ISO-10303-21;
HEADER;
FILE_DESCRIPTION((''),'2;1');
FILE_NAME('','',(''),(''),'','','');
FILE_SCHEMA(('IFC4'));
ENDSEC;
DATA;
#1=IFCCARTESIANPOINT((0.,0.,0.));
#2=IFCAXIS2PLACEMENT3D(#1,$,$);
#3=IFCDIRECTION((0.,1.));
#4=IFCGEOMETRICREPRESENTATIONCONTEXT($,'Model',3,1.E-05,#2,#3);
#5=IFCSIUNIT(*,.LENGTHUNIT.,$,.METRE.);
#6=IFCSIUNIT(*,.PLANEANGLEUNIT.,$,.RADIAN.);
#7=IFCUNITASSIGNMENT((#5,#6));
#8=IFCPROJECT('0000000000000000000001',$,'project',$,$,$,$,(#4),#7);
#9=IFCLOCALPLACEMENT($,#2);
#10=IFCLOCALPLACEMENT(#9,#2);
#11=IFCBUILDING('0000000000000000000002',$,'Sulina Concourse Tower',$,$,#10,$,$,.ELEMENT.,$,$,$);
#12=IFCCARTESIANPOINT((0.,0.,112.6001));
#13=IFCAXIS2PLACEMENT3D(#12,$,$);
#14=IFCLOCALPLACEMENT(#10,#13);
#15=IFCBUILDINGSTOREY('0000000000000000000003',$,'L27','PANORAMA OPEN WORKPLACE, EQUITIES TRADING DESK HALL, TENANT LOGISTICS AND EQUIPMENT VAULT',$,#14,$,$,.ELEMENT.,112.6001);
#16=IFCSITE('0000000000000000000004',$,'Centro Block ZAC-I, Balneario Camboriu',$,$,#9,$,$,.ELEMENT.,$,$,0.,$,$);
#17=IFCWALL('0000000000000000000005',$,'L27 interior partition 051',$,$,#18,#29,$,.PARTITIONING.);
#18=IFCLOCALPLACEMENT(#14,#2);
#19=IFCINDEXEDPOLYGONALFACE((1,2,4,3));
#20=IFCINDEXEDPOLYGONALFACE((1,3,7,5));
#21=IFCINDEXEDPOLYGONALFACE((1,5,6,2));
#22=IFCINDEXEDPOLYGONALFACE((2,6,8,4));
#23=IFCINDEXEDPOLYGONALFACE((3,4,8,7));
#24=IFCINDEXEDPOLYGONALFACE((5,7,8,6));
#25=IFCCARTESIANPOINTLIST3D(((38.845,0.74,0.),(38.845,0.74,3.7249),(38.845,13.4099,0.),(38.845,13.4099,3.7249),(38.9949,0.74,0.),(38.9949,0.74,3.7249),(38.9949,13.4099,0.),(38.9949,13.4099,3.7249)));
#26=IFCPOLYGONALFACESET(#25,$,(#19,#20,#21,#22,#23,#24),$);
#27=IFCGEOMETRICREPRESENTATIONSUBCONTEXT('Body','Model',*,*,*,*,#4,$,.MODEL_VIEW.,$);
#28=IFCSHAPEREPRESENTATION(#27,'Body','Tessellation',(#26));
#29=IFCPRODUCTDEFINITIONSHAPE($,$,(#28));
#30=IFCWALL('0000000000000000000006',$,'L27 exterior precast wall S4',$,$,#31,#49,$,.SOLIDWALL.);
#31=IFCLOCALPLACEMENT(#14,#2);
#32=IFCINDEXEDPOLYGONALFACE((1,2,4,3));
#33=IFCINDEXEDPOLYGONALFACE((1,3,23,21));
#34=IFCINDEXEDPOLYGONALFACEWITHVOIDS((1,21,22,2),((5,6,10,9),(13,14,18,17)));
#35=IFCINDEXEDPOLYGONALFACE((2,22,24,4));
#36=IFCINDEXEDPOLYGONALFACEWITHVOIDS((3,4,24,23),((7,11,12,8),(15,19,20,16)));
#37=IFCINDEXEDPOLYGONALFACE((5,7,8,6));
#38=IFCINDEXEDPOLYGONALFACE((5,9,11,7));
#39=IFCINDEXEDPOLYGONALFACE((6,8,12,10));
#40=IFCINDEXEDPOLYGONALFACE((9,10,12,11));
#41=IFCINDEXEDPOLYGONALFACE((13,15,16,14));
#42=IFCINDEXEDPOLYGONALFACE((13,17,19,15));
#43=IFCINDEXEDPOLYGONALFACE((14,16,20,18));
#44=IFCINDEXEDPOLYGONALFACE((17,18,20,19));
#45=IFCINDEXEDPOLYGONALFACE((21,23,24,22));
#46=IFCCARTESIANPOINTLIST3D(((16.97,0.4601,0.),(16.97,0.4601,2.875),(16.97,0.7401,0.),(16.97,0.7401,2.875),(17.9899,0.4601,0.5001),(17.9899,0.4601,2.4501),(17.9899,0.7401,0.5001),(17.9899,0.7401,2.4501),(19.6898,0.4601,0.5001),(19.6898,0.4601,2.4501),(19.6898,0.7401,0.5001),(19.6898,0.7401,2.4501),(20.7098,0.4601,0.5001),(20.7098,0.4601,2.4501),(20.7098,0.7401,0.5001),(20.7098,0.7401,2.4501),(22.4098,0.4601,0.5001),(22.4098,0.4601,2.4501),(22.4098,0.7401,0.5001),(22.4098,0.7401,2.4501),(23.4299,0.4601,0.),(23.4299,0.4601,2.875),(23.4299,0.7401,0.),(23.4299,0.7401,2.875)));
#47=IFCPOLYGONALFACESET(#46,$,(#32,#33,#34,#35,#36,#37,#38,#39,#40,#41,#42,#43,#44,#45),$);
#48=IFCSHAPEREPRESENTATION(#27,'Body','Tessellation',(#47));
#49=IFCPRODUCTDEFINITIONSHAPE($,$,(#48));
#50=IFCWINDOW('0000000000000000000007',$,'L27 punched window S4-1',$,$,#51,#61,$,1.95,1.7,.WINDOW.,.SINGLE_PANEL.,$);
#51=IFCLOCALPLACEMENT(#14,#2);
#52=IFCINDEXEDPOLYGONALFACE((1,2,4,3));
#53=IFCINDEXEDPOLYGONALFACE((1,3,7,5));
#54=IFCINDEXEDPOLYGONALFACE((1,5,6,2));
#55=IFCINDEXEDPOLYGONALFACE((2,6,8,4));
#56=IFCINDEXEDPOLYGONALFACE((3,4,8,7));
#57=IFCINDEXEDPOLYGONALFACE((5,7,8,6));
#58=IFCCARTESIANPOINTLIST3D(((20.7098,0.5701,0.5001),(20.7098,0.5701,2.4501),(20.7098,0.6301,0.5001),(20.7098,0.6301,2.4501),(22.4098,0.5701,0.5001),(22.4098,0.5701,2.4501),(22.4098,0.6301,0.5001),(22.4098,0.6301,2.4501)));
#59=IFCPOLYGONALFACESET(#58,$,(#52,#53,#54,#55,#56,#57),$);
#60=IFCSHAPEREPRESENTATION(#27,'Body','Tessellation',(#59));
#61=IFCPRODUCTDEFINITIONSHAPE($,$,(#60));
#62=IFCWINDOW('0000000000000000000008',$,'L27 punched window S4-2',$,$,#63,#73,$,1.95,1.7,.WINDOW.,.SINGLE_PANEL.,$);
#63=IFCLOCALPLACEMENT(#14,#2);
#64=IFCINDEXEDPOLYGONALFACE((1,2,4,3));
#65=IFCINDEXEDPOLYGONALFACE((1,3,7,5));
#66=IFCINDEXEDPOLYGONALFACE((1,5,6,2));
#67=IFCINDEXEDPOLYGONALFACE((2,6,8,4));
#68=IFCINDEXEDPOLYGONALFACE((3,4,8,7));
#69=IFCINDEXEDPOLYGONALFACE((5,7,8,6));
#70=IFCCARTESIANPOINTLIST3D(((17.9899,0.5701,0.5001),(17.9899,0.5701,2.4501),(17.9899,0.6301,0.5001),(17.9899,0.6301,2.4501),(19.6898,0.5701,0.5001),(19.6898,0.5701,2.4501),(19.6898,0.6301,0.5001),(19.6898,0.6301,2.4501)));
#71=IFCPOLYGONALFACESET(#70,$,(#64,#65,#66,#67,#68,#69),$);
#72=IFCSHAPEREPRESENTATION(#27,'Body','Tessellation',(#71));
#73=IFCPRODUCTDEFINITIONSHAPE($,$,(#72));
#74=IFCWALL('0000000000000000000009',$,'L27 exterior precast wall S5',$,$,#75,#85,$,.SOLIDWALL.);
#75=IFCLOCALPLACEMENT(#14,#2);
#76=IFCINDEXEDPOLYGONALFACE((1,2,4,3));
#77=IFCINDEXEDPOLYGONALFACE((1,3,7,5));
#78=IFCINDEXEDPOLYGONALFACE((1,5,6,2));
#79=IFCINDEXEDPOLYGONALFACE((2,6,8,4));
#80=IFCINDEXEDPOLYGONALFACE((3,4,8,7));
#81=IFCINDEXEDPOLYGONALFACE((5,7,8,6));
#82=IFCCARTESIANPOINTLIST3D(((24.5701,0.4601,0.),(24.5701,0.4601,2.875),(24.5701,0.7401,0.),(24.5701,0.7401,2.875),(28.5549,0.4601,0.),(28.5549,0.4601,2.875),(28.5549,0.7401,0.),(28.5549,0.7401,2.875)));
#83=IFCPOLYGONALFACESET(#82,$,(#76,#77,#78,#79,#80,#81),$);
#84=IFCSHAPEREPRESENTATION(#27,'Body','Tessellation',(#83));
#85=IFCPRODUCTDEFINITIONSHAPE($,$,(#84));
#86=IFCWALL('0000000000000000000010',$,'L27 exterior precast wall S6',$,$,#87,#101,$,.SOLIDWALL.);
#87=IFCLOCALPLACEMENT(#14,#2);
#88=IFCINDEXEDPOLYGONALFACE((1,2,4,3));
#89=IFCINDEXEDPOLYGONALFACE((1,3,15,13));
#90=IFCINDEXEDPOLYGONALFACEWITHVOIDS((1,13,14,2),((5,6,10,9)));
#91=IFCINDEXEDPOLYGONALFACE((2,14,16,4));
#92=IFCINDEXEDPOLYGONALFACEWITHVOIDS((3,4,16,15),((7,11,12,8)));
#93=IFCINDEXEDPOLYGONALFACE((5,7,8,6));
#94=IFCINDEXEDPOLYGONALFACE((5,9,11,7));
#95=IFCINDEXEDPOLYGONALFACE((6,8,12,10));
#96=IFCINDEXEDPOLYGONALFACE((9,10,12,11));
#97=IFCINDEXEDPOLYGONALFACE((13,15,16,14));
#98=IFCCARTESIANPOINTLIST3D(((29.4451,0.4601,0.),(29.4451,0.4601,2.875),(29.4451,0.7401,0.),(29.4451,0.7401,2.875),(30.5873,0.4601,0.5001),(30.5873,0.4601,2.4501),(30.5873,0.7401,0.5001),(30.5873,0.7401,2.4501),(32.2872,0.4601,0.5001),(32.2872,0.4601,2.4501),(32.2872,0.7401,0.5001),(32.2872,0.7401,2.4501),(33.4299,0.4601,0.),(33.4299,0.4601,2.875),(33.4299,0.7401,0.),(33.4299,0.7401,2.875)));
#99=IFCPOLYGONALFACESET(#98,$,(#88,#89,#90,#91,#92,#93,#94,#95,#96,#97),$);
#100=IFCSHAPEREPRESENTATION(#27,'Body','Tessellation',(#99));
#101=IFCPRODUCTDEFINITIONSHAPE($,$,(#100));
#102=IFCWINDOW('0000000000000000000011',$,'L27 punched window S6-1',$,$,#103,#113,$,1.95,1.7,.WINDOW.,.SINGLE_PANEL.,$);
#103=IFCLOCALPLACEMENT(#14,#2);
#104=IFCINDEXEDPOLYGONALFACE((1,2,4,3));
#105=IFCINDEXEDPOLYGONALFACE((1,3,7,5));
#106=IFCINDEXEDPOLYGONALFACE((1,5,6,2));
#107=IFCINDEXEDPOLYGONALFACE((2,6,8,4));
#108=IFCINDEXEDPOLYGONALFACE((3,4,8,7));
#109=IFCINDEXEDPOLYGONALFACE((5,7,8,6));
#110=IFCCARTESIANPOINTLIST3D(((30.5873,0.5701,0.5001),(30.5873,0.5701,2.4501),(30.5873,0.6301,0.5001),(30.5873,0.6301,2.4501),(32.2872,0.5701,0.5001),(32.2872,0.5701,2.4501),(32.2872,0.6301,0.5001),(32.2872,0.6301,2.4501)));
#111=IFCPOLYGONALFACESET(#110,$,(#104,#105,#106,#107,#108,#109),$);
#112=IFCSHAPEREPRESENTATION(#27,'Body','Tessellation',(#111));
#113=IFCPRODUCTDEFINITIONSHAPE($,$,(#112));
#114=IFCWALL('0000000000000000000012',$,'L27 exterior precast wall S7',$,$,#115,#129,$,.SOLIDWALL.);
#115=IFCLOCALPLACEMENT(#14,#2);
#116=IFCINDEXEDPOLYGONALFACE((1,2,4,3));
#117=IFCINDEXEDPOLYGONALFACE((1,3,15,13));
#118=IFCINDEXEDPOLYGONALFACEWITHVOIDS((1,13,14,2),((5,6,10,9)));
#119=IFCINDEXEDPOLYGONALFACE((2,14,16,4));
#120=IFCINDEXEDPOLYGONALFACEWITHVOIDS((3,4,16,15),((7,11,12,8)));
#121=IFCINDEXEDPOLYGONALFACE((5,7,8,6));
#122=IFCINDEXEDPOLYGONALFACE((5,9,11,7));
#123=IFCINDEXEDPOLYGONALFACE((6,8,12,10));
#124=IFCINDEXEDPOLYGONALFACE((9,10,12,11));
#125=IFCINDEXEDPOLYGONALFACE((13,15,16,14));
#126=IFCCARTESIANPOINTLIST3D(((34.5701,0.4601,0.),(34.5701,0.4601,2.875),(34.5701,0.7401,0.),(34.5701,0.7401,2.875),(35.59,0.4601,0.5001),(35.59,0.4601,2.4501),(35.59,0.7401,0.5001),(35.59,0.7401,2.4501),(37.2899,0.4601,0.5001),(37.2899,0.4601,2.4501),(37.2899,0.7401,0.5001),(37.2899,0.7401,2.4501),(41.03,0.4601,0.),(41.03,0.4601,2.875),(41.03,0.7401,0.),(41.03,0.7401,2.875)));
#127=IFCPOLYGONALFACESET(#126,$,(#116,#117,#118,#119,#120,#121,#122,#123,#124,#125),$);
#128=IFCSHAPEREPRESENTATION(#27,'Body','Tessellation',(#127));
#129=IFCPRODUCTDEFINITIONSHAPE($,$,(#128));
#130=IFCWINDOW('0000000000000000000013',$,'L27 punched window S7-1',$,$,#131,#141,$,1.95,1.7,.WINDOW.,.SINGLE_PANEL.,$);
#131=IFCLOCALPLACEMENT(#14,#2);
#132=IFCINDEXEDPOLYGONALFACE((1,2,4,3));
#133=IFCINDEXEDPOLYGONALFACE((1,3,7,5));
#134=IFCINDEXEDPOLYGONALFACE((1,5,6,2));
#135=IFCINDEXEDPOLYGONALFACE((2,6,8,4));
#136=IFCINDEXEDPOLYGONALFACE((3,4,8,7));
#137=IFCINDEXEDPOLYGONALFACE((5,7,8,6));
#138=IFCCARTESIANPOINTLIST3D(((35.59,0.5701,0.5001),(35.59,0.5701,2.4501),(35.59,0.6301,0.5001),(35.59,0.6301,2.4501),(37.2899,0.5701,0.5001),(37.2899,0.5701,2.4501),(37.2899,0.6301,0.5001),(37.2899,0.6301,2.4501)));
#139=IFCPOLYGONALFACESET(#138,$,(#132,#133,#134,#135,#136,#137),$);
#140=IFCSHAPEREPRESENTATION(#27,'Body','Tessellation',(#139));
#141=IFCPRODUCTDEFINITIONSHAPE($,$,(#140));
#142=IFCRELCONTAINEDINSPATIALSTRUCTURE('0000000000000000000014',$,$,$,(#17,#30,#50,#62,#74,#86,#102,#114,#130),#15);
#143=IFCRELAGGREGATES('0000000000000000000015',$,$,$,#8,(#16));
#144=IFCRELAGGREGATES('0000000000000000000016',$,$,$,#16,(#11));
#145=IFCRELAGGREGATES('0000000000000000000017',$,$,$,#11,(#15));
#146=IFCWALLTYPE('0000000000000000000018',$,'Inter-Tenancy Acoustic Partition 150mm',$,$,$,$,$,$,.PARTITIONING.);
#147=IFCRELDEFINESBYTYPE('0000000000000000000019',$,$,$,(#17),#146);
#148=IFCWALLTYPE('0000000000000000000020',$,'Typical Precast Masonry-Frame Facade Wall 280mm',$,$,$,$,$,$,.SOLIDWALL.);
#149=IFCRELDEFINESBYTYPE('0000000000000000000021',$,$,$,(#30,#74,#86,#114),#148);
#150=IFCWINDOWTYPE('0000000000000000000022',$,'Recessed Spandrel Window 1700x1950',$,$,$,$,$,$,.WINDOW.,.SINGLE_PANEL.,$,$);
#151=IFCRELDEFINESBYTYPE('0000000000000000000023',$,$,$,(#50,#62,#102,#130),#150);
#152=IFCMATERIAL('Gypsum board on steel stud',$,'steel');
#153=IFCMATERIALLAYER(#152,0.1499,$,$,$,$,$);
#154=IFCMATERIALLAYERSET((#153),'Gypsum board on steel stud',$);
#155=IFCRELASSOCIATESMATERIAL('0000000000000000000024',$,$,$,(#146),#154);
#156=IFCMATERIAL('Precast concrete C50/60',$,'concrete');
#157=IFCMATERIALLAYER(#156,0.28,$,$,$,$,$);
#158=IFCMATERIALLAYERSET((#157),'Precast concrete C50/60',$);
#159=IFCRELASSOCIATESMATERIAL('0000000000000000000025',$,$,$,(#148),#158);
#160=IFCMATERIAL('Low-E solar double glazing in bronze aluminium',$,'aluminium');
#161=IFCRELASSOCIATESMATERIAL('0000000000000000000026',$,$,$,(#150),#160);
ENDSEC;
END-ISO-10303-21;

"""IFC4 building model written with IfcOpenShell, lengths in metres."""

from ifc_helpers import new_model, si_unit, direction, frame, frame_2d, origin, place, context, subcontext, project, spatial, rectangle, extrude, material, layer, layer_set, type_object, element, fill, save


model = new_model("IFC4")

# Units and contexts
model_context = context("Model", 3, precision=1e-05, world=origin(), true_north=direction((0.0, 1.0)))
body_context = subcontext(model_context, "Body", "Model", "MODEL_VIEW")
ifc_project = project(units=[si_unit("LENGTHUNIT", "METRE"), si_unit("PLANEANGLEUNIT", "RADIAN")], contexts=[model_context])

# Site, building, storey
site_placement = place(None, origin())
site = spatial("IfcSite", under=ifc_project, at=site_placement, Name="Centro Block ZAC-I, Balneario Camboriu", CompositionType="ELEMENT", RefElevation=0.0)
building_placement = place(site_placement, origin())
building = spatial("IfcBuilding", under=site, at=building_placement, Name="Sulina Concourse Tower", CompositionType="ELEMENT")
storey_placement = place(building_placement, frame((0.0, 0.0, 112.6001)))
storey = spatial("IfcBuildingStorey", under=building, at=storey_placement, Name="L27", Description="PANORAMA OPEN WORKPLACE, EQUITIES TRADING DESK HALL, TENANT LOGISTICS AND EQUIPMENT VAULT", CompositionType="ELEMENT", Elevation=112.6001)

# Wall
ifc_material_1 = material(Name="Gypsum board on steel stud", Category="steel")
ifc_layer_1 = layer(ifc_material_1, 0.1499)
ifc_layer_set_1 = layer_set([ifc_layer_1], Name="Gypsum board on steel stud")
wall_type_1 = type_object("IfcWallType", Name="Inter-Tenancy Acoustic Partition 150mm", PredefinedType="PARTITIONING", material=ifc_layer_set_1)
wall_1_placement = place(storey_placement, frame((38.9199, 0.74, 0.0), z_axis=(0.0, 0.0, 1.0), x_axis=(0.0, 1.0, 0.0)))
element("IfcWall", 1, at=wall_1_placement, inside=storey, type_object=wall_type_1, Name="L27 interior partition 051", PredefinedType="PARTITIONING", context=body_context, shape_type="SweptSolid", body=[
    extrude(rectangle(XDim=12.6699, YDim=0.1499, at=frame_2d((6.335, 0.0))), origin(), (0.0, 0.0, 1.0), 3.7249),
])

# Wall, openings, windows
ifc_material_2 = material(Name="Precast concrete C50/60", Category="concrete")
ifc_layer_2 = layer(ifc_material_2, 0.28)
ifc_layer_set_2 = layer_set([ifc_layer_2], Name="Precast concrete C50/60")
wall_type_2 = type_object("IfcWallType", Name="Typical Precast Masonry-Frame Facade Wall 280mm", PredefinedType="SOLIDWALL", material=ifc_layer_set_2)
wall_2_placement = place(storey_placement, frame((23.4299, 0.6001, 0.0), z_axis=(0.0, 0.0, 1.0), x_axis=(-1.0, 0.0, 0.0)))
wall_2 = element("IfcWall", 2, at=wall_2_placement, inside=storey, type_object=wall_type_2, Name="L27 exterior precast wall S4", PredefinedType="SOLIDWALL", context=body_context, shape_type="SweptSolid", body=[
    extrude(rectangle(XDim=6.46, YDim=0.28, at=frame_2d((3.23, 0.0))), origin(), (0.0, 0.0, 1.0), 2.875),
])
opening_1_placement = place(wall_2_placement, frame((1.02, 0.0, 0.5)))
opening_1 = element("IfcOpeningElement", 3, at=opening_1_placement, cuts=wall_2, PredefinedType="OPENING", context=body_context, shape_type="SweptSolid", body=[
    extrude(rectangle(XDim=1.7, YDim=1.95, at=frame_2d((0.8501, 0.9751))), frame((0.0, 0.1499, 0.0), z_axis=(0.0, -1.0, 0.0), x_axis=(1.0, 0.0, 0.0)), (0.0, 0.0, 1.0), 0.3),
])
opening_2_placement = place(wall_2_placement, frame((3.74, 0.0, 0.5)))
opening_2 = element("IfcOpeningElement", 4, at=opening_2_placement, cuts=wall_2, PredefinedType="OPENING", context=body_context, shape_type="SweptSolid", body=[
    extrude(rectangle(XDim=1.7, YDim=1.95, at=frame_2d((0.8501, 0.9751))), frame((0.0, 0.1499, 0.0), z_axis=(0.0, -1.0, 0.0), x_axis=(1.0, 0.0, 0.0)), (0.0, 0.0, 1.0), 0.3),
])
ifc_material_3 = material(Name="Low-E solar double glazing in bronze aluminium", Category="aluminium")
window_type = type_object("IfcWindowType", Name="Recessed Spandrel Window 1700x1950", PartitioningType="SINGLE_PANEL", PredefinedType="WINDOW", material=ifc_material_3)
window_1_placement = place(opening_1_placement, origin())
window_1 = element("IfcWindow", 5, at=window_1_placement, inside=storey, type_object=window_type, Name="L27 punched window S4-1", OverallHeight=1.95, OverallWidth=1.7, PartitioningType="SINGLE_PANEL", PredefinedType="WINDOW", context=body_context, shape_type="SweptSolid", body=[
    extrude(rectangle(XDim=1.7, YDim=1.95, at=frame_2d((0.8501, 0.9751))), frame((0.0, 0.03, 0.0), z_axis=(0.0, -1.0, 0.0), x_axis=(1.0, 0.0, 0.0)), (0.0, 0.0, 1.0), 0.0601),
])
fill(opening_1, window_1)
window_2_placement = place(opening_2_placement, origin())
window_2 = element("IfcWindow", 6, at=window_2_placement, inside=storey, type_object=window_type, Name="L27 punched window S4-2", OverallHeight=1.95, OverallWidth=1.7, PartitioningType="SINGLE_PANEL", PredefinedType="WINDOW", context=body_context, shape_type="SweptSolid", body=[
    extrude(rectangle(XDim=1.7, YDim=1.95, at=frame_2d((0.8501, 0.9751))), frame((0.0, 0.03, 0.0), z_axis=(0.0, -1.0, 0.0), x_axis=(1.0, 0.0, 0.0)), (0.0, 0.0, 1.0), 0.0601),
])
fill(opening_2, window_2)

# Wall
wall_3_placement = place(storey_placement, frame((28.5549, 0.6001, 0.0), z_axis=(0.0, 0.0, 1.0), x_axis=(-1.0, 0.0, 0.0)))
element("IfcWall", 7, at=wall_3_placement, inside=storey, type_object=wall_type_2, Name="L27 exterior precast wall S5", PredefinedType="SOLIDWALL", context=body_context, shape_type="SweptSolid", body=[
    extrude(rectangle(XDim=3.9849, YDim=0.28, at=frame_2d((1.9924, 0.0))), origin(), (0.0, 0.0, 1.0), 2.875),
])

# Walls, openings, windows
wall_4_placement = place(storey_placement, frame((33.4299, 0.6001, 0.0), z_axis=(0.0, 0.0, 1.0), x_axis=(-1.0, 0.0, 0.0)))
wall_4 = element("IfcWall", 8, at=wall_4_placement, inside=storey, type_object=wall_type_2, Name="L27 exterior precast wall S6", PredefinedType="SOLIDWALL", context=body_context, shape_type="SweptSolid", body=[
    extrude(rectangle(XDim=3.9849, YDim=0.28, at=frame_2d((1.9924, 0.0))), origin(), (0.0, 0.0, 1.0), 2.875),
])
opening_3_placement = place(wall_4_placement, frame((1.1426, 0.0, 0.5)))
opening_3 = element("IfcOpeningElement", 9, at=opening_3_placement, cuts=wall_4, PredefinedType="OPENING", context=body_context, shape_type="SweptSolid", body=[
    extrude(rectangle(XDim=1.7, YDim=1.95, at=frame_2d((0.8501, 0.9751))), frame((0.0, 0.1499, 0.0), z_axis=(0.0, -1.0, 0.0), x_axis=(1.0, 0.0, 0.0)), (0.0, 0.0, 1.0), 0.3),
])
window_3_placement = place(opening_3_placement, origin())
window_3 = element("IfcWindow", 10, at=window_3_placement, inside=storey, type_object=window_type, Name="L27 punched window S6-1", OverallHeight=1.95, OverallWidth=1.7, PartitioningType="SINGLE_PANEL", PredefinedType="WINDOW", context=body_context, shape_type="SweptSolid", body=[
    extrude(rectangle(XDim=1.7, YDim=1.95, at=frame_2d((0.8501, 0.9751))), frame((0.0, 0.03, 0.0), z_axis=(0.0, -1.0, 0.0), x_axis=(1.0, 0.0, 0.0)), (0.0, 0.0, 1.0), 0.0601),
])
fill(opening_3, window_3)
wall_5_placement = place(storey_placement, frame((41.03, 0.6001, 0.0), z_axis=(0.0, 0.0, 1.0), x_axis=(-1.0, 0.0, 0.0)))
wall_5 = element("IfcWall", 11, at=wall_5_placement, inside=storey, type_object=wall_type_2, Name="L27 exterior precast wall S7", PredefinedType="SOLIDWALL", context=body_context, shape_type="SweptSolid", body=[
    extrude(rectangle(XDim=6.46, YDim=0.28, at=frame_2d((3.23, 0.0))), origin(), (0.0, 0.0, 1.0), 2.875),
])
opening_4_placement = place(wall_5_placement, frame((3.74, 0.0, 0.5)))
opening_4 = element("IfcOpeningElement", 12, at=opening_4_placement, cuts=wall_5, PredefinedType="OPENING", context=body_context, shape_type="SweptSolid", body=[
    extrude(rectangle(XDim=1.7, YDim=1.95, at=frame_2d((0.8501, 0.9751))), frame((0.0, 0.1499, 0.0), z_axis=(0.0, -1.0, 0.0), x_axis=(1.0, 0.0, 0.0)), (0.0, 0.0, 1.0), 0.3),
])
window_4_placement = place(opening_4_placement, origin())
window_4 = element("IfcWindow", 13, at=window_4_placement, inside=storey, type_object=window_type, Name="L27 punched window S7-1", OverallHeight=1.95, OverallWidth=1.7, PartitioningType="SINGLE_PANEL", PredefinedType="WINDOW", context=body_context, shape_type="SweptSolid", body=[
    extrude(rectangle(XDim=1.7, YDim=1.95, at=frame_2d((0.8501, 0.9751))), frame((0.0, 0.03, 0.0), z_axis=(0.0, -1.0, 0.0), x_axis=(1.0, 0.0, 0.0)), (0.0, 0.0, 1.0), 0.0601),
])
fill(opening_4, window_4)

save(model, "model.ifc")
